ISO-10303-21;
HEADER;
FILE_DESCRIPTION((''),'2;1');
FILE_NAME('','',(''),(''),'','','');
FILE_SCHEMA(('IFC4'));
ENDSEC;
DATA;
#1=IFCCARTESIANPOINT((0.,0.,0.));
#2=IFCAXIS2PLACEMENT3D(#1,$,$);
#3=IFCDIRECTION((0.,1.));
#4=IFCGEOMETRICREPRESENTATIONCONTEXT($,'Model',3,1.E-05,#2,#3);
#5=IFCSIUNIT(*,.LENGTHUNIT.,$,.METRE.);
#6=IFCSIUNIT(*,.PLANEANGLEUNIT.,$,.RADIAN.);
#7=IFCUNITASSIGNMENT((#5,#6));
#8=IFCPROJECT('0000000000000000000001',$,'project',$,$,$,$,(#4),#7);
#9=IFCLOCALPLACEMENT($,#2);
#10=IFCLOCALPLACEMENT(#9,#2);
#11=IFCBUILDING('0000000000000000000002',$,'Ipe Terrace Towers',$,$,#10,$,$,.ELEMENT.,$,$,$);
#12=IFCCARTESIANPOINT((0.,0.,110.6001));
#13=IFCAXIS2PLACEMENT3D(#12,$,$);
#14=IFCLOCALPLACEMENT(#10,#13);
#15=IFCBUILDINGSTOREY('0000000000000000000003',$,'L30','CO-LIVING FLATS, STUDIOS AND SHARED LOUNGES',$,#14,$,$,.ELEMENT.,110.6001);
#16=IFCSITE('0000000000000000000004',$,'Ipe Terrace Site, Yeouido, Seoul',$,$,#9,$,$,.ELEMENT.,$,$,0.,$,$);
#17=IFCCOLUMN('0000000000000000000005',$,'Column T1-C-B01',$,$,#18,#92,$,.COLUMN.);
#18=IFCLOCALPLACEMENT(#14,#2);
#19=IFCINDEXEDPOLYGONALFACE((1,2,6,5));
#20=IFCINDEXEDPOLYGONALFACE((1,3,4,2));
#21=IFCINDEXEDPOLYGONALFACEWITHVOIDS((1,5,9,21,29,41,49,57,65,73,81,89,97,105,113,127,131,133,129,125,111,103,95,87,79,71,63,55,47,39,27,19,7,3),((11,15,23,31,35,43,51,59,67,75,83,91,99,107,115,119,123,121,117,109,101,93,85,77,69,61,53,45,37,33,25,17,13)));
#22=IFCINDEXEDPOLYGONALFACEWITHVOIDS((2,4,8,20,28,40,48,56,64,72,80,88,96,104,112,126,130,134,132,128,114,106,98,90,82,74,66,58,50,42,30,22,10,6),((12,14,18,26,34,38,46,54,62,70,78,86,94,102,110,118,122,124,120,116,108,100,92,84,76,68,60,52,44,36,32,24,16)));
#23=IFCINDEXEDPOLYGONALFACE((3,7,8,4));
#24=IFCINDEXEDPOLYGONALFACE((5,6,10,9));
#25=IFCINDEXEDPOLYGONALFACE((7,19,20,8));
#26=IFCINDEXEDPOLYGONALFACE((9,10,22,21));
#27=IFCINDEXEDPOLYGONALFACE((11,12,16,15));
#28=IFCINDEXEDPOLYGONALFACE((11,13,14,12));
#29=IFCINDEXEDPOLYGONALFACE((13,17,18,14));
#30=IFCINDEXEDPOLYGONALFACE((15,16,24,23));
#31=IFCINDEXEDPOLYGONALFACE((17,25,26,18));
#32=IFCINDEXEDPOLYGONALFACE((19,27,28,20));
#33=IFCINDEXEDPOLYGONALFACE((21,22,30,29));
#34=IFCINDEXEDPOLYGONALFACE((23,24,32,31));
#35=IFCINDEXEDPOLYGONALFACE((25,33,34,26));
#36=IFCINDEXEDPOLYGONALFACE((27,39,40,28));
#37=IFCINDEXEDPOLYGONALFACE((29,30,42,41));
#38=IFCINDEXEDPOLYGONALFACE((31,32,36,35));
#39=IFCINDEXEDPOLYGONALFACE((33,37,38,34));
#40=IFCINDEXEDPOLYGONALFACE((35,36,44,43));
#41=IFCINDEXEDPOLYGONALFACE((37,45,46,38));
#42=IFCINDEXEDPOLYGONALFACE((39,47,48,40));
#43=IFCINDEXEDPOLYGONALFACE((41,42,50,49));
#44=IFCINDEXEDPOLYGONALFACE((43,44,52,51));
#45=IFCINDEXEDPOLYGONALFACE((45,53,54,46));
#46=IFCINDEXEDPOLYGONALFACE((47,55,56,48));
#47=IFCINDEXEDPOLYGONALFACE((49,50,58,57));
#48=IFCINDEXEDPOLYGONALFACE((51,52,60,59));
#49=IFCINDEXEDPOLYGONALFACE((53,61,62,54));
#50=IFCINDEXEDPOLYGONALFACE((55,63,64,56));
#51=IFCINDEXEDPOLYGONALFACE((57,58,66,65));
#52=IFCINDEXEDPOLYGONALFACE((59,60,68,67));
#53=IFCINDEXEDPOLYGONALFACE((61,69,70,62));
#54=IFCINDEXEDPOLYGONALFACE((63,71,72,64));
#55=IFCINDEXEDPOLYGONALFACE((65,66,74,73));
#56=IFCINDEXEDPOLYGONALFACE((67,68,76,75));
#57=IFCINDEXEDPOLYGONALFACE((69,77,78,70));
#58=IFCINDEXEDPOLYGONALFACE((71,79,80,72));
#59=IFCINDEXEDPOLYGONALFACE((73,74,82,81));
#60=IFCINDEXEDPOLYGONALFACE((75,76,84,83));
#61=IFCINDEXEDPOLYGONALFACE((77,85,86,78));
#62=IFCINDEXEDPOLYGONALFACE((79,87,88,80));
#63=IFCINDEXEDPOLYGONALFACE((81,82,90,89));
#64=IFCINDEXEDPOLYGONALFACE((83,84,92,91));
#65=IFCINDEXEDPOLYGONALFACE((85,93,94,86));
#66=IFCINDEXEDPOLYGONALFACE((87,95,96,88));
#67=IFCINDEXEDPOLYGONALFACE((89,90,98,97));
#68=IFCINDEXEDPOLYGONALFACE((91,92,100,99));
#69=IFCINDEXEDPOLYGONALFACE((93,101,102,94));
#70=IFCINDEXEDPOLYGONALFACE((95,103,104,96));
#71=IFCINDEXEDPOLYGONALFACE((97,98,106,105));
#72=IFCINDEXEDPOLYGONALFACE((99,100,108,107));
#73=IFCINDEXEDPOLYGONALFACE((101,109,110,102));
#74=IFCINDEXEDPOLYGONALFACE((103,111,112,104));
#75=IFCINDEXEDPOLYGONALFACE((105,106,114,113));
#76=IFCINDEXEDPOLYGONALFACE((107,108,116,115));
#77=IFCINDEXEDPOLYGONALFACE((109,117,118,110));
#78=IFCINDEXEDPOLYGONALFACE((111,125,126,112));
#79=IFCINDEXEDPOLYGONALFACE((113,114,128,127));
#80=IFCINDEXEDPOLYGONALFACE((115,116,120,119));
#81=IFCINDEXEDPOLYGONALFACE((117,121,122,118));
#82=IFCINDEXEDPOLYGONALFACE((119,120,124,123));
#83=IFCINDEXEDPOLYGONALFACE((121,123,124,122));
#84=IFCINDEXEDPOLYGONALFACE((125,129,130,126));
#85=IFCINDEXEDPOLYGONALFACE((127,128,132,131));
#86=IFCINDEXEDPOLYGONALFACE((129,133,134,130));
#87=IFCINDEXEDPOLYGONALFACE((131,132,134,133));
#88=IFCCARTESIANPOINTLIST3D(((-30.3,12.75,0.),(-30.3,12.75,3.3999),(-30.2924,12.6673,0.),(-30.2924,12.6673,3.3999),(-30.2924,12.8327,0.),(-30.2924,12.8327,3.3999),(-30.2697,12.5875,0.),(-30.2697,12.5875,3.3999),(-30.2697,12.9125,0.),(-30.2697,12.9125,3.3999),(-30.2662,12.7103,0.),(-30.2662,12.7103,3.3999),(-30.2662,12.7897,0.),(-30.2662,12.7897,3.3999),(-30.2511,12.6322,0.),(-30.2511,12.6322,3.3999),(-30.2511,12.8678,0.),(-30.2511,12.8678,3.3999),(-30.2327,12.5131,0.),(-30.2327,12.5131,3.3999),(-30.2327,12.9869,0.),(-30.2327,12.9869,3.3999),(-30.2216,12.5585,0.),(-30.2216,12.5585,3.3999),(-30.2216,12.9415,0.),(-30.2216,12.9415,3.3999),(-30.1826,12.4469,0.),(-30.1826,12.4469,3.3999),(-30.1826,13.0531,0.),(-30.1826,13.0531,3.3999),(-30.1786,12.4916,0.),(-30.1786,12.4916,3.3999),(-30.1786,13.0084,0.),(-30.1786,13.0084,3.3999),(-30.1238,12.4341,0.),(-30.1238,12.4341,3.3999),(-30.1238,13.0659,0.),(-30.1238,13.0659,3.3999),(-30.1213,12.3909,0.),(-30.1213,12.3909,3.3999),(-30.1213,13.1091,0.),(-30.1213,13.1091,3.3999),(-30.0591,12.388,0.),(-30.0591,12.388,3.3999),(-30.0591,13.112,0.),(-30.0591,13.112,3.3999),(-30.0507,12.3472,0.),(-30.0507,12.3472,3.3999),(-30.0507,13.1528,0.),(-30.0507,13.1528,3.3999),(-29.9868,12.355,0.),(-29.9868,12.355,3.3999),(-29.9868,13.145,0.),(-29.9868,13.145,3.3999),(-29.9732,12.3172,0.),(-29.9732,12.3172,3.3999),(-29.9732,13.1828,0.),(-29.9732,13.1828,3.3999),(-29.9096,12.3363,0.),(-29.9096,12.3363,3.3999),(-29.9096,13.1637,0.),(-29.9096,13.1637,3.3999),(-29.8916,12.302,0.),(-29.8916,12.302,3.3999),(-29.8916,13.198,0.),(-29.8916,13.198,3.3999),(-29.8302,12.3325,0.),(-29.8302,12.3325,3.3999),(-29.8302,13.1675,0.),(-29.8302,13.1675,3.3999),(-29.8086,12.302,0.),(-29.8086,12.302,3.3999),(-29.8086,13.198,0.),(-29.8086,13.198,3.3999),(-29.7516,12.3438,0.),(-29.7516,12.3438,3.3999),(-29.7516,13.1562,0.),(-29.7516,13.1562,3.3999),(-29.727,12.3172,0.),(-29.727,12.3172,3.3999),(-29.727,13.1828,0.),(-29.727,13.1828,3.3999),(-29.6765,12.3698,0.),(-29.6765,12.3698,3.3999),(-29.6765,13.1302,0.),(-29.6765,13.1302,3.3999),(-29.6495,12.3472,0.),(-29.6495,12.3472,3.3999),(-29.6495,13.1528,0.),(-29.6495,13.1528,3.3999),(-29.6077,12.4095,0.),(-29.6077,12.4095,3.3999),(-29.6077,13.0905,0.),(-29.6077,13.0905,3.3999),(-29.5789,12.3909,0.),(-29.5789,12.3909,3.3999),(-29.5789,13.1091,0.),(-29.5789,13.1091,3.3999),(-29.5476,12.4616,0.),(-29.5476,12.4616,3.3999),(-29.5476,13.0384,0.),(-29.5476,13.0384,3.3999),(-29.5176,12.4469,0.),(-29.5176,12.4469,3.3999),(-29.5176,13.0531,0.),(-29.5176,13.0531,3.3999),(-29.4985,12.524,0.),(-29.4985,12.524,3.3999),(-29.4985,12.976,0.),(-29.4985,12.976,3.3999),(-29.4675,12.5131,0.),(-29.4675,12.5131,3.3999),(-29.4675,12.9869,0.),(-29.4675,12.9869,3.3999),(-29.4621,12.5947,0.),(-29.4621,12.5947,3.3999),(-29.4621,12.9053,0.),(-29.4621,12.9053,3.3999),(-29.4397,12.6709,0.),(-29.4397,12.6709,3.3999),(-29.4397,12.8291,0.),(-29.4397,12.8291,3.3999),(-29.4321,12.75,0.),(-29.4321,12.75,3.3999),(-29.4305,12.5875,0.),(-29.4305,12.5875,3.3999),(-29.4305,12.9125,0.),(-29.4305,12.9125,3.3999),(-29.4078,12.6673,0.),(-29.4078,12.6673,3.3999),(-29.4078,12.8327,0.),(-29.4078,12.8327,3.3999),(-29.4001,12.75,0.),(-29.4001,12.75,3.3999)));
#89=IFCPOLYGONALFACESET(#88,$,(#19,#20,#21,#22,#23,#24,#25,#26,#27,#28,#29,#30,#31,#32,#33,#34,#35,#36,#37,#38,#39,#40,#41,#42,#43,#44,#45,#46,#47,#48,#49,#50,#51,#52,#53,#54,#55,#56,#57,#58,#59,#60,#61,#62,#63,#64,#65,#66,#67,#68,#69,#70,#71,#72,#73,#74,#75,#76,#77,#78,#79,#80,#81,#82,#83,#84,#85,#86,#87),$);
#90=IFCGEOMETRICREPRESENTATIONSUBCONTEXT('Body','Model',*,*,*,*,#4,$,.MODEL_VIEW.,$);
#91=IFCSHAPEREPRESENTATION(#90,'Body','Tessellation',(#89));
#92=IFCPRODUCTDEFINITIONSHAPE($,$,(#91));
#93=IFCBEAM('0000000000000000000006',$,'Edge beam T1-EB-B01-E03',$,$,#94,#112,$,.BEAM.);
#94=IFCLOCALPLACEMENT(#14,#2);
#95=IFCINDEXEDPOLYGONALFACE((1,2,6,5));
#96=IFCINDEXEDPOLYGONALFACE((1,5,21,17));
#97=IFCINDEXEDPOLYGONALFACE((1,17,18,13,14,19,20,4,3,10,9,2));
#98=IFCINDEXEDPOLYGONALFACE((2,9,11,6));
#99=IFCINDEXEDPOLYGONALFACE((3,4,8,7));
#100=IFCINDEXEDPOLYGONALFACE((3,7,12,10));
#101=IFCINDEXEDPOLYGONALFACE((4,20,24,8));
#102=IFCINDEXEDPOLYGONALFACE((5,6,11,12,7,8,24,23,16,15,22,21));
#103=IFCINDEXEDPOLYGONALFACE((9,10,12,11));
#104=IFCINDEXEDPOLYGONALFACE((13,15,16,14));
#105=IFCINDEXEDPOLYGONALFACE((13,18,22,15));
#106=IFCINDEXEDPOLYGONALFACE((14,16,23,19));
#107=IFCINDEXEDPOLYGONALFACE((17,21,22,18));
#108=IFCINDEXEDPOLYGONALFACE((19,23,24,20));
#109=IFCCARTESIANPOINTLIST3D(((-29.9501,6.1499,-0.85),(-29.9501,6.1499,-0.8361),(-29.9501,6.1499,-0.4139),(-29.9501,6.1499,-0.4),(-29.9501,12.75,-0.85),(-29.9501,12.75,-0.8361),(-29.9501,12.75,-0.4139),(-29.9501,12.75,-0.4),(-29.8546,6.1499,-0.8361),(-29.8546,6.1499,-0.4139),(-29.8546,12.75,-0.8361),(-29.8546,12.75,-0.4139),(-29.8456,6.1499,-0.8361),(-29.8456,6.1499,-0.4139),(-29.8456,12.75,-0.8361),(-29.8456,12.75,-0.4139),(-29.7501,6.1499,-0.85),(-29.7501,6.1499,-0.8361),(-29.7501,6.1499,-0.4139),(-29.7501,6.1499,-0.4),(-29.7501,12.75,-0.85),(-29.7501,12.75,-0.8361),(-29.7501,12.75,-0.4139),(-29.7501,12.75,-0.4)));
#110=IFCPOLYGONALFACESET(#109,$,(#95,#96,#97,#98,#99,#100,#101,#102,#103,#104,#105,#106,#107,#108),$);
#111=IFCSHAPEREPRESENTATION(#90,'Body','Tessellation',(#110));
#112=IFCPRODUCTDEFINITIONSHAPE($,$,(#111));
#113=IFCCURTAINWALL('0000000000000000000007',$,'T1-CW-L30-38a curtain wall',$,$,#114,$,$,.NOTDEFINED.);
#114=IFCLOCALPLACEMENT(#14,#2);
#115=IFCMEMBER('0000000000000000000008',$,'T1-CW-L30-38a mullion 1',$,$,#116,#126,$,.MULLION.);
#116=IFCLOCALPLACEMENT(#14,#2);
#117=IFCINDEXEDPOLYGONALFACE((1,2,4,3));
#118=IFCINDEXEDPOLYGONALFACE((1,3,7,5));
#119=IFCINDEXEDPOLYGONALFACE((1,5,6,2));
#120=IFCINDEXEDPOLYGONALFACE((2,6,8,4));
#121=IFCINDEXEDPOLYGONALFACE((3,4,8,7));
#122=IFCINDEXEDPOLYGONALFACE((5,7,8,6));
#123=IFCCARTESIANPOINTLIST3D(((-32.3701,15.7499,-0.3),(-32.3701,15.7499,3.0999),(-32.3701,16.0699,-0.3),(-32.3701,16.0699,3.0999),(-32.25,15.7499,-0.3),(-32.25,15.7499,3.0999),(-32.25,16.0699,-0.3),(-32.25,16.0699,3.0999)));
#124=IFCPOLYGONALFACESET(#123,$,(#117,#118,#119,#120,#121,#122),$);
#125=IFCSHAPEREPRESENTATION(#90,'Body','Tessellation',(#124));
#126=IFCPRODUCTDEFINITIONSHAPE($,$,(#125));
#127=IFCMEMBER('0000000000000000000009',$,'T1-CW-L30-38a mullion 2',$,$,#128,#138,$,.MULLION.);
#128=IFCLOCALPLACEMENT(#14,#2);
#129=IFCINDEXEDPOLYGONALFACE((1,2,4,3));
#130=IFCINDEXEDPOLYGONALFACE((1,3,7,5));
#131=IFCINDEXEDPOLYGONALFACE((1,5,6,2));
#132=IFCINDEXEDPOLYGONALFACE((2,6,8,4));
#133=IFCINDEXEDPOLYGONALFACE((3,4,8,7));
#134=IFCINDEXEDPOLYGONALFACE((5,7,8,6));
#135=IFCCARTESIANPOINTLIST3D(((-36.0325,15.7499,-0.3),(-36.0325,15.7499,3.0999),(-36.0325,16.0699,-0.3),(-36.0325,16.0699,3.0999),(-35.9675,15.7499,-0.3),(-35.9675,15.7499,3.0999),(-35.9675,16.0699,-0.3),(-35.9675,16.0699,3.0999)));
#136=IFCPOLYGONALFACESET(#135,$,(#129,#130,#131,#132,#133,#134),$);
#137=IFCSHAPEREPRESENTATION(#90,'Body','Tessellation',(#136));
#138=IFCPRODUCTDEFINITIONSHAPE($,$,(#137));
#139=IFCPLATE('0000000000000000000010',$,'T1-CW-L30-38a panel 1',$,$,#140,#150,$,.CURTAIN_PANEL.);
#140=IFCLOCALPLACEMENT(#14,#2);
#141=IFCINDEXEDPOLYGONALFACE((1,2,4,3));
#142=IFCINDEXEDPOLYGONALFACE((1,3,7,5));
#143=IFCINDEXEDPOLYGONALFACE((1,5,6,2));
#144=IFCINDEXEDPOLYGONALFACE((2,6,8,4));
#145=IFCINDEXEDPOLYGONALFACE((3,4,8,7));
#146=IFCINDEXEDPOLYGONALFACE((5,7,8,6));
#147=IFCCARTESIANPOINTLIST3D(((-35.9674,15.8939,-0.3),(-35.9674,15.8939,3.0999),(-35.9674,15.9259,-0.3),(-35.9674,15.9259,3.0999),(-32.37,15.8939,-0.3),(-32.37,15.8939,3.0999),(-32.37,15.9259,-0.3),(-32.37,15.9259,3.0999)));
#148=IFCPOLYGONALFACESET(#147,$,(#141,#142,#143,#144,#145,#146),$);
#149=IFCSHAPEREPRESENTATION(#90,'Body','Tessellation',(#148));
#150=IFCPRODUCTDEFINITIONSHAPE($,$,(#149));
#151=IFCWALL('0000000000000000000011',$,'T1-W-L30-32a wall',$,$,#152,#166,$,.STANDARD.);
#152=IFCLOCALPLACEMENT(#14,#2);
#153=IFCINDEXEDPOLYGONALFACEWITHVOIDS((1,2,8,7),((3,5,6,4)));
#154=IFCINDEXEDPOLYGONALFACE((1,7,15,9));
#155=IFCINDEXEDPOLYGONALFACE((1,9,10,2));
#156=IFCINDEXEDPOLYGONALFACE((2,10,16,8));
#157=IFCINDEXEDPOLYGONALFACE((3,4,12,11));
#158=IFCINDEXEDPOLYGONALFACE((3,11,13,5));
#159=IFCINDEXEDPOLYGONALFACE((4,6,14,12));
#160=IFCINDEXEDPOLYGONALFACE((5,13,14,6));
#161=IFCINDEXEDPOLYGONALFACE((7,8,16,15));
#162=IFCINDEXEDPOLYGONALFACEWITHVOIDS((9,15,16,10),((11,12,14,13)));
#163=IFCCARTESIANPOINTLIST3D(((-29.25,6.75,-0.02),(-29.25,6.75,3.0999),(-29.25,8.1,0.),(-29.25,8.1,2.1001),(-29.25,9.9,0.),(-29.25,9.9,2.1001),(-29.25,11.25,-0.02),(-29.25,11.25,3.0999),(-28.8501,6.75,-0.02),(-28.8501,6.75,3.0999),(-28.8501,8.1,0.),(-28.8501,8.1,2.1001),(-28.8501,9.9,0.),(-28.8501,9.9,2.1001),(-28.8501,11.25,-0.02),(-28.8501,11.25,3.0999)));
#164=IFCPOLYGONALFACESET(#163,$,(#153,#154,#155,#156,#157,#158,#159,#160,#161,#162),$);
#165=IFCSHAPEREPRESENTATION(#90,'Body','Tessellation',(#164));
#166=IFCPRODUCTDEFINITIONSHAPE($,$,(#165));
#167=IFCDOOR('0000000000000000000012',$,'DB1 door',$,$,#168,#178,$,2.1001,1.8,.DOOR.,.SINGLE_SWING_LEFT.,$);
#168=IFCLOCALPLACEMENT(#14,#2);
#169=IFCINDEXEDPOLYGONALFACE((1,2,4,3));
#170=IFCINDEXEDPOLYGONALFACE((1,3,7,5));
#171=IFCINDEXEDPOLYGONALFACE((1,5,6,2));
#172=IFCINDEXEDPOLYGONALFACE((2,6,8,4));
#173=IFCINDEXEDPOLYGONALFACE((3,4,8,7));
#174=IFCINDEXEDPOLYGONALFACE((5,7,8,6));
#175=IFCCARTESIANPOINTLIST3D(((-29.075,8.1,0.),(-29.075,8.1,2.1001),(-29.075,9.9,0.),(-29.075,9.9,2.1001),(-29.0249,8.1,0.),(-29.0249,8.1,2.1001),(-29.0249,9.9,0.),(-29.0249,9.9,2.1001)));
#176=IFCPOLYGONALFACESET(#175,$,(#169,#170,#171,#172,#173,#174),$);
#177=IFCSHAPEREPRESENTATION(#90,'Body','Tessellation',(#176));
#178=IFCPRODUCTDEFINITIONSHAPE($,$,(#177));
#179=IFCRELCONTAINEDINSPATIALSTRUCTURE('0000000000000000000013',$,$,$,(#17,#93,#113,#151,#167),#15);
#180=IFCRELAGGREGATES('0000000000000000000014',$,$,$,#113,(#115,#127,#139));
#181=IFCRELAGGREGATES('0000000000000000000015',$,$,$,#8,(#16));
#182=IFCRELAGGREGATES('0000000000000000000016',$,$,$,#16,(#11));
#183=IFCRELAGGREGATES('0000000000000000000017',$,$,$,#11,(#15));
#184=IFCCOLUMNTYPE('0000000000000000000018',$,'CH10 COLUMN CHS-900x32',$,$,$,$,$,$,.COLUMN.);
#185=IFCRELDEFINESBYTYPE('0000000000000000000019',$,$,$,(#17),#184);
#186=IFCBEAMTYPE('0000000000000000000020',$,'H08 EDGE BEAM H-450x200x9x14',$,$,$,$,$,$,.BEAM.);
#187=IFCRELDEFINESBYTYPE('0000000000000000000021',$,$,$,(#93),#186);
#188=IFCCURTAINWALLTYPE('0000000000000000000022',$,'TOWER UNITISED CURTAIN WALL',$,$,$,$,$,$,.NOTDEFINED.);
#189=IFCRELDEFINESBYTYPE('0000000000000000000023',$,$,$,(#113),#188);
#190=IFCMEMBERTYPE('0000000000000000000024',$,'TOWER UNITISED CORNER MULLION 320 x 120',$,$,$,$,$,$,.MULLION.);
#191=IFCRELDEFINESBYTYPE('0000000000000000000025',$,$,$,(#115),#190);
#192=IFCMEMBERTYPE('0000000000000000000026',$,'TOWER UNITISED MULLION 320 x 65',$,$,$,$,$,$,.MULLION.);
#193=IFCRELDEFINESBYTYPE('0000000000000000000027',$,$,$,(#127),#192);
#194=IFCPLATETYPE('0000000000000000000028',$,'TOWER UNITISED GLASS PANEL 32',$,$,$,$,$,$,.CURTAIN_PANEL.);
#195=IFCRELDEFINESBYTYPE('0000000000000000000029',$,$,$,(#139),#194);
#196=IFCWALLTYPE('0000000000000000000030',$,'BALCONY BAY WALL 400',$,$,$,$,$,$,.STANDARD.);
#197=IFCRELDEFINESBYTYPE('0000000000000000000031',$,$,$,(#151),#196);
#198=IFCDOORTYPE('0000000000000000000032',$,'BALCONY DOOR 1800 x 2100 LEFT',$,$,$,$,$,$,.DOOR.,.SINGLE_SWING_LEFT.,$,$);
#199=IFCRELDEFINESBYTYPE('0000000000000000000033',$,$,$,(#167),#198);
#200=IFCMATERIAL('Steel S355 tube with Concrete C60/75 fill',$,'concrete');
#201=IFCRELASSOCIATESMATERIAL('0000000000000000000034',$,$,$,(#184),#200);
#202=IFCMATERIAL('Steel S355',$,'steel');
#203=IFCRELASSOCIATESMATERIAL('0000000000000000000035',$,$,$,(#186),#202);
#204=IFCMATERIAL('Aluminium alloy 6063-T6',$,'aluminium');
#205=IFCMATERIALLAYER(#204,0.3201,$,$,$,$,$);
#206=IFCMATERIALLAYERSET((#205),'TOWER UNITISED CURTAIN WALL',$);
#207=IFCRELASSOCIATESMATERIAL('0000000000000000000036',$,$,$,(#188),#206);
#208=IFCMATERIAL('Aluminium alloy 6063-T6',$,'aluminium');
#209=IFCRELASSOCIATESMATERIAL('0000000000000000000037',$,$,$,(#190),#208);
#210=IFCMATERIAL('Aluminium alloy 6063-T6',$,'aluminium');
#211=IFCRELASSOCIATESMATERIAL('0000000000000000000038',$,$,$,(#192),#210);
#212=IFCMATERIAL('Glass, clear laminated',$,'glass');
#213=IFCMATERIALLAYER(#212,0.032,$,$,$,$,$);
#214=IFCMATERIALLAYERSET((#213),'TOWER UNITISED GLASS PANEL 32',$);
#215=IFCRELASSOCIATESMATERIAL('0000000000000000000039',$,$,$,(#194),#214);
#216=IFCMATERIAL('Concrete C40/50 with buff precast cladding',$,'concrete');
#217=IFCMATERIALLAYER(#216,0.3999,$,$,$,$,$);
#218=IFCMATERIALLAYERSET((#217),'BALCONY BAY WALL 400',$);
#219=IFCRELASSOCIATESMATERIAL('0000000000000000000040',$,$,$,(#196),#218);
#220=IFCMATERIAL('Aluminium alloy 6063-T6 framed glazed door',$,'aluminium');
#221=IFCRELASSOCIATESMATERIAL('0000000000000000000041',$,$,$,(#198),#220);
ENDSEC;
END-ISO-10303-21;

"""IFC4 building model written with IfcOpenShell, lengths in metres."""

from ifc_helpers import new_model, si_unit, direction, frame, frame_2d, origin, origin_2d, place, context, subcontext, project, spatial, rectangle, hollow_circle, i_section, extrude, material, layer, layer_set, material_profile, profile_set, type_object, element, fill, aggregate, save


model = new_model("IFC4")

# Units and contexts
model_context = context("Model", 3, precision=1e-05, world=origin(), true_north=direction((0.0, 1.0)))
body_context = subcontext(model_context, "Body", "Model", "MODEL_VIEW")
ifc_project = project(units=[si_unit("LENGTHUNIT", "METRE"), si_unit("PLANEANGLEUNIT", "RADIAN")], contexts=[model_context])

# Site, building, storey
site_placement = place(None, origin())
site = spatial("IfcSite", under=ifc_project, at=site_placement, Name="Ipe Terrace Site, Yeouido, Seoul", CompositionType="ELEMENT", RefElevation=0.0)
building_placement = place(site_placement, origin())
building = spatial("IfcBuilding", under=site, at=building_placement, Name="Ipe Terrace Towers", CompositionType="ELEMENT")
storey_placement = place(building_placement, frame((0.0, 0.0, 110.6001)))
storey = spatial("IfcBuildingStorey", under=building, at=storey_placement, Name="L30", Description="CO-LIVING FLATS, STUDIOS AND SHARED LOUNGES", CompositionType="ELEMENT", Elevation=110.6001)

# Column
ifc_material_1 = material(Name="Steel S355 tube with Concrete C60/75 fill", Category="concrete")
ifc_material_profile_1 = material_profile(ifc_material_1, hollow_circle(Radius=0.45, WallThickness=0.032, at=origin_2d()), Name="CHS-900x32")
ifc_profile_set_1 = profile_set([ifc_material_profile_1], Name="Steel S355 tube with Concrete C60/75 fill")
column_type = type_object("IfcColumnType", Name="CH10 COLUMN CHS-900x32", PredefinedType="COLUMN", material=ifc_profile_set_1)
column_placement = place(storey_placement, frame((-29.8501, 12.75, 0.0), z_axis=(0.0, 0.0, 1.0), x_axis=(1.0, 0.0, 0.0)))
element("IfcColumn", 1, at=column_placement, inside=storey, type_object=column_type, Name="Column T1-C-B01", PredefinedType="COLUMN", context=body_context, shape_type="SweptSolid", body=[
    extrude(hollow_circle(Radius=0.45, WallThickness=0.032, at=origin_2d()), origin(), (0.0, 0.0, 1.0), 3.3999),
])

# Beam
ifc_material_2 = material(Name="Steel S355", Category="steel")
ifc_material_profile_2 = material_profile(ifc_material_2, i_section(OverallWidth=0.2, OverallDepth=0.45, WebThickness=0.009, FlangeThickness=0.0139, at=origin_2d()), Name="H-450x200x9x14")
ifc_profile_set_2 = profile_set([ifc_material_profile_2], Name="Steel S355")
beam_type = type_object("IfcBeamType", Name="H08 EDGE BEAM H-450x200x9x14", PredefinedType="BEAM", material=ifc_profile_set_2)
beam_placement = place(storey_placement, frame((-29.8501, 12.75, -0.625), z_axis=(0.0, -1.0, 0.0), x_axis=(1.0, 0.0, 0.0)))
element("IfcBeam", 2, at=beam_placement, inside=storey, type_object=beam_type, Name="Edge beam T1-EB-B01-E03", PredefinedType="BEAM", context=body_context, shape_type="SweptSolid", body=[
    extrude(i_section(OverallWidth=0.2, OverallDepth=0.45, WebThickness=0.009, FlangeThickness=0.0139, at=origin_2d()), origin(), (0.0, 0.0, 1.0), 6.6001),
])

# Curtain wall, members, plate
ifc_material_3 = material(Name="Aluminium alloy 6063-T6", Category="aluminium")
ifc_layer_1 = layer(ifc_material_3, 0.3201)
ifc_layer_set_1 = layer_set([ifc_layer_1], Name="TOWER UNITISED CURTAIN WALL")
curtain_wall_type = type_object("IfcCurtainWallType", Name="TOWER UNITISED CURTAIN WALL", PredefinedType="NOTDEFINED", material=ifc_layer_set_1)
curtain_wall_placement = place(storey_placement, origin())
curtain_wall = element("IfcCurtainWall", 3, at=curtain_wall_placement, inside=storey, type_object=curtain_wall_type, Name="T1-CW-L30-38a curtain wall", PredefinedType="NOTDEFINED")
ifc_material_4 = material(Name="Aluminium alloy 6063-T6", Category="aluminium")
ifc_material_profile_3 = material_profile(ifc_material_4, rectangle(XDim=0.3201, YDim=0.1201, at=origin_2d()), Name="TOWER UNITISED CORNER MULLION 320 x 120")
ifc_profile_set_3 = profile_set([ifc_material_profile_3], Name="Aluminium alloy 6063-T6")
member_type_1 = type_object("IfcMemberType", Name="TOWER UNITISED CORNER MULLION 320 x 120", PredefinedType="MULLION", material=ifc_profile_set_3)
member_1_placement = place(storey_placement, frame((-32.3101, 15.9099, -0.3), z_axis=(0.0, 0.0, 1.0), x_axis=(0.0, 1.0, 0.0)))
member_1 = element("IfcMember", 4, at=member_1_placement, type_object=member_type_1, Name="T1-CW-L30-38a mullion 1", PredefinedType="MULLION", context=body_context, shape_type="SweptSolid", body=[
    extrude(rectangle(XDim=0.3201, YDim=0.1201, at=origin_2d()), origin(), (0.0, 0.0, 1.0), 3.3999),
])
ifc_material_5 = material(Name="Aluminium alloy 6063-T6", Category="aluminium")
ifc_material_profile_4 = material_profile(ifc_material_5, rectangle(XDim=0.3201, YDim=0.0649, at=origin_2d()), Name="TOWER UNITISED MULLION 320 x 65")
ifc_profile_set_4 = profile_set([ifc_material_profile_4], Name="Aluminium alloy 6063-T6")
member_type_2 = type_object("IfcMemberType", Name="TOWER UNITISED MULLION 320 x 65", PredefinedType="MULLION", material=ifc_profile_set_4)
member_2_placement = place(storey_placement, frame((-36.0, 15.9099, -0.3), z_axis=(0.0, 0.0, 1.0), x_axis=(0.0, 1.0, 0.0)))
member_2 = element("IfcMember", 5, at=member_2_placement, type_object=member_type_2, Name="T1-CW-L30-38a mullion 2", PredefinedType="MULLION", context=body_context, shape_type="SweptSolid", body=[
    extrude(rectangle(XDim=0.3201, YDim=0.0649, at=origin_2d()), origin(), (0.0, 0.0, 1.0), 3.3999),
])
ifc_material_6 = material(Name="Glass, clear laminated", Category="glass")
ifc_layer_2 = layer(ifc_material_6, 0.032)
ifc_layer_set_2 = layer_set([ifc_layer_2], Name="TOWER UNITISED GLASS PANEL 32")
plate_type = type_object("IfcPlateType", Name="TOWER UNITISED GLASS PANEL 32", PredefinedType="CURTAIN_PANEL", material=ifc_layer_set_2)
plate_placement = place(storey_placement, frame((-34.1687, 15.9099, -0.3), z_axis=(0.0, 0.0, 1.0), x_axis=(-1.0, 0.0, 0.0)))
plate = element("IfcPlate", 6, at=plate_placement, type_object=plate_type, Name="T1-CW-L30-38a panel 1", PredefinedType="CURTAIN_PANEL", context=body_context, shape_type="SweptSolid", body=[
    extrude(rectangle(XDim=3.5974, YDim=0.032, at=origin_2d()), origin(), (0.0, 0.0, 1.0), 3.3999),
])
aggregate(curtain_wall, [member_1, member_2, plate])

# Wall, opening, door
ifc_material_7 = material(Name="Concrete C40/50 with buff precast cladding", Category="concrete")
ifc_layer_3 = layer(ifc_material_7, 0.3999)
ifc_layer_set_3 = layer_set([ifc_layer_3], Name="BALCONY BAY WALL 400")
wall_type_1 = type_object("IfcWallType", Name="BALCONY BAY WALL 400", PredefinedType="STANDARD", material=ifc_layer_set_3)
wall_1_placement = place(storey_placement, frame((-29.05, 6.75, -0.02), z_axis=(0.0, 0.0, 1.0), x_axis=(0.0, 1.0, 0.0)))
wall_1 = element("IfcWall", 7, at=wall_1_placement, inside=storey, type_object=wall_type_1, Name="T1-W-L30-32a wall", PredefinedType="STANDARD", context=body_context, shape_type="SweptSolid", body=[
    extrude(rectangle(XDim=4.5, YDim=0.3999, at=frame_2d((2.25, 0.0))), origin(), (0.0, 0.0, 1.0), 3.1199),
])
opening_placement = place(wall_1_placement, frame((1.3501, 0.0, 0.02)))
opening = element("IfcOpeningElement", 8, at=opening_placement, cuts=wall_1, PredefinedType="OPENING", context=body_context, shape_type="SweptSolid", body=[
    extrude(rectangle(XDim=1.8, YDim=2.1001, at=frame_2d((0.8999, 1.05))), frame((0.0, 0.21, 0.0), z_axis=(0.0, -1.0, 0.0), x_axis=(1.0, 0.0, 0.0)), (0.0, 0.0, 1.0), 0.4199),
])
ifc_material_8 = material(Name="Aluminium alloy 6063-T6 framed glazed door", Category="aluminium")
door_type = type_object("IfcDoorType", Name="BALCONY DOOR 1800 x 2100 LEFT", OperationType="SINGLE_SWING_LEFT", PredefinedType="DOOR", material=ifc_material_8)
door_placement = place(opening_placement, origin())
door = element("IfcDoor", 9, at=door_placement, inside=storey, type_object=door_type, Name="DB1 door", OperationType="SINGLE_SWING_LEFT", OverallHeight=2.1001, OverallWidth=1.8, PredefinedType="DOOR", context=body_context, shape_type="SweptSolid", body=[
    extrude(rectangle(XDim=1.8, YDim=2.1001, at=frame_2d((0.8999, 1.05))), frame((0.0, 0.0249, 0.0), z_axis=(0.0, -1.0, 0.0), x_axis=(1.0, 0.0, 0.0)), (0.0, 0.0, 1.0), 0.05),
])
fill(opening, door)

save(model, "model.ifc")
